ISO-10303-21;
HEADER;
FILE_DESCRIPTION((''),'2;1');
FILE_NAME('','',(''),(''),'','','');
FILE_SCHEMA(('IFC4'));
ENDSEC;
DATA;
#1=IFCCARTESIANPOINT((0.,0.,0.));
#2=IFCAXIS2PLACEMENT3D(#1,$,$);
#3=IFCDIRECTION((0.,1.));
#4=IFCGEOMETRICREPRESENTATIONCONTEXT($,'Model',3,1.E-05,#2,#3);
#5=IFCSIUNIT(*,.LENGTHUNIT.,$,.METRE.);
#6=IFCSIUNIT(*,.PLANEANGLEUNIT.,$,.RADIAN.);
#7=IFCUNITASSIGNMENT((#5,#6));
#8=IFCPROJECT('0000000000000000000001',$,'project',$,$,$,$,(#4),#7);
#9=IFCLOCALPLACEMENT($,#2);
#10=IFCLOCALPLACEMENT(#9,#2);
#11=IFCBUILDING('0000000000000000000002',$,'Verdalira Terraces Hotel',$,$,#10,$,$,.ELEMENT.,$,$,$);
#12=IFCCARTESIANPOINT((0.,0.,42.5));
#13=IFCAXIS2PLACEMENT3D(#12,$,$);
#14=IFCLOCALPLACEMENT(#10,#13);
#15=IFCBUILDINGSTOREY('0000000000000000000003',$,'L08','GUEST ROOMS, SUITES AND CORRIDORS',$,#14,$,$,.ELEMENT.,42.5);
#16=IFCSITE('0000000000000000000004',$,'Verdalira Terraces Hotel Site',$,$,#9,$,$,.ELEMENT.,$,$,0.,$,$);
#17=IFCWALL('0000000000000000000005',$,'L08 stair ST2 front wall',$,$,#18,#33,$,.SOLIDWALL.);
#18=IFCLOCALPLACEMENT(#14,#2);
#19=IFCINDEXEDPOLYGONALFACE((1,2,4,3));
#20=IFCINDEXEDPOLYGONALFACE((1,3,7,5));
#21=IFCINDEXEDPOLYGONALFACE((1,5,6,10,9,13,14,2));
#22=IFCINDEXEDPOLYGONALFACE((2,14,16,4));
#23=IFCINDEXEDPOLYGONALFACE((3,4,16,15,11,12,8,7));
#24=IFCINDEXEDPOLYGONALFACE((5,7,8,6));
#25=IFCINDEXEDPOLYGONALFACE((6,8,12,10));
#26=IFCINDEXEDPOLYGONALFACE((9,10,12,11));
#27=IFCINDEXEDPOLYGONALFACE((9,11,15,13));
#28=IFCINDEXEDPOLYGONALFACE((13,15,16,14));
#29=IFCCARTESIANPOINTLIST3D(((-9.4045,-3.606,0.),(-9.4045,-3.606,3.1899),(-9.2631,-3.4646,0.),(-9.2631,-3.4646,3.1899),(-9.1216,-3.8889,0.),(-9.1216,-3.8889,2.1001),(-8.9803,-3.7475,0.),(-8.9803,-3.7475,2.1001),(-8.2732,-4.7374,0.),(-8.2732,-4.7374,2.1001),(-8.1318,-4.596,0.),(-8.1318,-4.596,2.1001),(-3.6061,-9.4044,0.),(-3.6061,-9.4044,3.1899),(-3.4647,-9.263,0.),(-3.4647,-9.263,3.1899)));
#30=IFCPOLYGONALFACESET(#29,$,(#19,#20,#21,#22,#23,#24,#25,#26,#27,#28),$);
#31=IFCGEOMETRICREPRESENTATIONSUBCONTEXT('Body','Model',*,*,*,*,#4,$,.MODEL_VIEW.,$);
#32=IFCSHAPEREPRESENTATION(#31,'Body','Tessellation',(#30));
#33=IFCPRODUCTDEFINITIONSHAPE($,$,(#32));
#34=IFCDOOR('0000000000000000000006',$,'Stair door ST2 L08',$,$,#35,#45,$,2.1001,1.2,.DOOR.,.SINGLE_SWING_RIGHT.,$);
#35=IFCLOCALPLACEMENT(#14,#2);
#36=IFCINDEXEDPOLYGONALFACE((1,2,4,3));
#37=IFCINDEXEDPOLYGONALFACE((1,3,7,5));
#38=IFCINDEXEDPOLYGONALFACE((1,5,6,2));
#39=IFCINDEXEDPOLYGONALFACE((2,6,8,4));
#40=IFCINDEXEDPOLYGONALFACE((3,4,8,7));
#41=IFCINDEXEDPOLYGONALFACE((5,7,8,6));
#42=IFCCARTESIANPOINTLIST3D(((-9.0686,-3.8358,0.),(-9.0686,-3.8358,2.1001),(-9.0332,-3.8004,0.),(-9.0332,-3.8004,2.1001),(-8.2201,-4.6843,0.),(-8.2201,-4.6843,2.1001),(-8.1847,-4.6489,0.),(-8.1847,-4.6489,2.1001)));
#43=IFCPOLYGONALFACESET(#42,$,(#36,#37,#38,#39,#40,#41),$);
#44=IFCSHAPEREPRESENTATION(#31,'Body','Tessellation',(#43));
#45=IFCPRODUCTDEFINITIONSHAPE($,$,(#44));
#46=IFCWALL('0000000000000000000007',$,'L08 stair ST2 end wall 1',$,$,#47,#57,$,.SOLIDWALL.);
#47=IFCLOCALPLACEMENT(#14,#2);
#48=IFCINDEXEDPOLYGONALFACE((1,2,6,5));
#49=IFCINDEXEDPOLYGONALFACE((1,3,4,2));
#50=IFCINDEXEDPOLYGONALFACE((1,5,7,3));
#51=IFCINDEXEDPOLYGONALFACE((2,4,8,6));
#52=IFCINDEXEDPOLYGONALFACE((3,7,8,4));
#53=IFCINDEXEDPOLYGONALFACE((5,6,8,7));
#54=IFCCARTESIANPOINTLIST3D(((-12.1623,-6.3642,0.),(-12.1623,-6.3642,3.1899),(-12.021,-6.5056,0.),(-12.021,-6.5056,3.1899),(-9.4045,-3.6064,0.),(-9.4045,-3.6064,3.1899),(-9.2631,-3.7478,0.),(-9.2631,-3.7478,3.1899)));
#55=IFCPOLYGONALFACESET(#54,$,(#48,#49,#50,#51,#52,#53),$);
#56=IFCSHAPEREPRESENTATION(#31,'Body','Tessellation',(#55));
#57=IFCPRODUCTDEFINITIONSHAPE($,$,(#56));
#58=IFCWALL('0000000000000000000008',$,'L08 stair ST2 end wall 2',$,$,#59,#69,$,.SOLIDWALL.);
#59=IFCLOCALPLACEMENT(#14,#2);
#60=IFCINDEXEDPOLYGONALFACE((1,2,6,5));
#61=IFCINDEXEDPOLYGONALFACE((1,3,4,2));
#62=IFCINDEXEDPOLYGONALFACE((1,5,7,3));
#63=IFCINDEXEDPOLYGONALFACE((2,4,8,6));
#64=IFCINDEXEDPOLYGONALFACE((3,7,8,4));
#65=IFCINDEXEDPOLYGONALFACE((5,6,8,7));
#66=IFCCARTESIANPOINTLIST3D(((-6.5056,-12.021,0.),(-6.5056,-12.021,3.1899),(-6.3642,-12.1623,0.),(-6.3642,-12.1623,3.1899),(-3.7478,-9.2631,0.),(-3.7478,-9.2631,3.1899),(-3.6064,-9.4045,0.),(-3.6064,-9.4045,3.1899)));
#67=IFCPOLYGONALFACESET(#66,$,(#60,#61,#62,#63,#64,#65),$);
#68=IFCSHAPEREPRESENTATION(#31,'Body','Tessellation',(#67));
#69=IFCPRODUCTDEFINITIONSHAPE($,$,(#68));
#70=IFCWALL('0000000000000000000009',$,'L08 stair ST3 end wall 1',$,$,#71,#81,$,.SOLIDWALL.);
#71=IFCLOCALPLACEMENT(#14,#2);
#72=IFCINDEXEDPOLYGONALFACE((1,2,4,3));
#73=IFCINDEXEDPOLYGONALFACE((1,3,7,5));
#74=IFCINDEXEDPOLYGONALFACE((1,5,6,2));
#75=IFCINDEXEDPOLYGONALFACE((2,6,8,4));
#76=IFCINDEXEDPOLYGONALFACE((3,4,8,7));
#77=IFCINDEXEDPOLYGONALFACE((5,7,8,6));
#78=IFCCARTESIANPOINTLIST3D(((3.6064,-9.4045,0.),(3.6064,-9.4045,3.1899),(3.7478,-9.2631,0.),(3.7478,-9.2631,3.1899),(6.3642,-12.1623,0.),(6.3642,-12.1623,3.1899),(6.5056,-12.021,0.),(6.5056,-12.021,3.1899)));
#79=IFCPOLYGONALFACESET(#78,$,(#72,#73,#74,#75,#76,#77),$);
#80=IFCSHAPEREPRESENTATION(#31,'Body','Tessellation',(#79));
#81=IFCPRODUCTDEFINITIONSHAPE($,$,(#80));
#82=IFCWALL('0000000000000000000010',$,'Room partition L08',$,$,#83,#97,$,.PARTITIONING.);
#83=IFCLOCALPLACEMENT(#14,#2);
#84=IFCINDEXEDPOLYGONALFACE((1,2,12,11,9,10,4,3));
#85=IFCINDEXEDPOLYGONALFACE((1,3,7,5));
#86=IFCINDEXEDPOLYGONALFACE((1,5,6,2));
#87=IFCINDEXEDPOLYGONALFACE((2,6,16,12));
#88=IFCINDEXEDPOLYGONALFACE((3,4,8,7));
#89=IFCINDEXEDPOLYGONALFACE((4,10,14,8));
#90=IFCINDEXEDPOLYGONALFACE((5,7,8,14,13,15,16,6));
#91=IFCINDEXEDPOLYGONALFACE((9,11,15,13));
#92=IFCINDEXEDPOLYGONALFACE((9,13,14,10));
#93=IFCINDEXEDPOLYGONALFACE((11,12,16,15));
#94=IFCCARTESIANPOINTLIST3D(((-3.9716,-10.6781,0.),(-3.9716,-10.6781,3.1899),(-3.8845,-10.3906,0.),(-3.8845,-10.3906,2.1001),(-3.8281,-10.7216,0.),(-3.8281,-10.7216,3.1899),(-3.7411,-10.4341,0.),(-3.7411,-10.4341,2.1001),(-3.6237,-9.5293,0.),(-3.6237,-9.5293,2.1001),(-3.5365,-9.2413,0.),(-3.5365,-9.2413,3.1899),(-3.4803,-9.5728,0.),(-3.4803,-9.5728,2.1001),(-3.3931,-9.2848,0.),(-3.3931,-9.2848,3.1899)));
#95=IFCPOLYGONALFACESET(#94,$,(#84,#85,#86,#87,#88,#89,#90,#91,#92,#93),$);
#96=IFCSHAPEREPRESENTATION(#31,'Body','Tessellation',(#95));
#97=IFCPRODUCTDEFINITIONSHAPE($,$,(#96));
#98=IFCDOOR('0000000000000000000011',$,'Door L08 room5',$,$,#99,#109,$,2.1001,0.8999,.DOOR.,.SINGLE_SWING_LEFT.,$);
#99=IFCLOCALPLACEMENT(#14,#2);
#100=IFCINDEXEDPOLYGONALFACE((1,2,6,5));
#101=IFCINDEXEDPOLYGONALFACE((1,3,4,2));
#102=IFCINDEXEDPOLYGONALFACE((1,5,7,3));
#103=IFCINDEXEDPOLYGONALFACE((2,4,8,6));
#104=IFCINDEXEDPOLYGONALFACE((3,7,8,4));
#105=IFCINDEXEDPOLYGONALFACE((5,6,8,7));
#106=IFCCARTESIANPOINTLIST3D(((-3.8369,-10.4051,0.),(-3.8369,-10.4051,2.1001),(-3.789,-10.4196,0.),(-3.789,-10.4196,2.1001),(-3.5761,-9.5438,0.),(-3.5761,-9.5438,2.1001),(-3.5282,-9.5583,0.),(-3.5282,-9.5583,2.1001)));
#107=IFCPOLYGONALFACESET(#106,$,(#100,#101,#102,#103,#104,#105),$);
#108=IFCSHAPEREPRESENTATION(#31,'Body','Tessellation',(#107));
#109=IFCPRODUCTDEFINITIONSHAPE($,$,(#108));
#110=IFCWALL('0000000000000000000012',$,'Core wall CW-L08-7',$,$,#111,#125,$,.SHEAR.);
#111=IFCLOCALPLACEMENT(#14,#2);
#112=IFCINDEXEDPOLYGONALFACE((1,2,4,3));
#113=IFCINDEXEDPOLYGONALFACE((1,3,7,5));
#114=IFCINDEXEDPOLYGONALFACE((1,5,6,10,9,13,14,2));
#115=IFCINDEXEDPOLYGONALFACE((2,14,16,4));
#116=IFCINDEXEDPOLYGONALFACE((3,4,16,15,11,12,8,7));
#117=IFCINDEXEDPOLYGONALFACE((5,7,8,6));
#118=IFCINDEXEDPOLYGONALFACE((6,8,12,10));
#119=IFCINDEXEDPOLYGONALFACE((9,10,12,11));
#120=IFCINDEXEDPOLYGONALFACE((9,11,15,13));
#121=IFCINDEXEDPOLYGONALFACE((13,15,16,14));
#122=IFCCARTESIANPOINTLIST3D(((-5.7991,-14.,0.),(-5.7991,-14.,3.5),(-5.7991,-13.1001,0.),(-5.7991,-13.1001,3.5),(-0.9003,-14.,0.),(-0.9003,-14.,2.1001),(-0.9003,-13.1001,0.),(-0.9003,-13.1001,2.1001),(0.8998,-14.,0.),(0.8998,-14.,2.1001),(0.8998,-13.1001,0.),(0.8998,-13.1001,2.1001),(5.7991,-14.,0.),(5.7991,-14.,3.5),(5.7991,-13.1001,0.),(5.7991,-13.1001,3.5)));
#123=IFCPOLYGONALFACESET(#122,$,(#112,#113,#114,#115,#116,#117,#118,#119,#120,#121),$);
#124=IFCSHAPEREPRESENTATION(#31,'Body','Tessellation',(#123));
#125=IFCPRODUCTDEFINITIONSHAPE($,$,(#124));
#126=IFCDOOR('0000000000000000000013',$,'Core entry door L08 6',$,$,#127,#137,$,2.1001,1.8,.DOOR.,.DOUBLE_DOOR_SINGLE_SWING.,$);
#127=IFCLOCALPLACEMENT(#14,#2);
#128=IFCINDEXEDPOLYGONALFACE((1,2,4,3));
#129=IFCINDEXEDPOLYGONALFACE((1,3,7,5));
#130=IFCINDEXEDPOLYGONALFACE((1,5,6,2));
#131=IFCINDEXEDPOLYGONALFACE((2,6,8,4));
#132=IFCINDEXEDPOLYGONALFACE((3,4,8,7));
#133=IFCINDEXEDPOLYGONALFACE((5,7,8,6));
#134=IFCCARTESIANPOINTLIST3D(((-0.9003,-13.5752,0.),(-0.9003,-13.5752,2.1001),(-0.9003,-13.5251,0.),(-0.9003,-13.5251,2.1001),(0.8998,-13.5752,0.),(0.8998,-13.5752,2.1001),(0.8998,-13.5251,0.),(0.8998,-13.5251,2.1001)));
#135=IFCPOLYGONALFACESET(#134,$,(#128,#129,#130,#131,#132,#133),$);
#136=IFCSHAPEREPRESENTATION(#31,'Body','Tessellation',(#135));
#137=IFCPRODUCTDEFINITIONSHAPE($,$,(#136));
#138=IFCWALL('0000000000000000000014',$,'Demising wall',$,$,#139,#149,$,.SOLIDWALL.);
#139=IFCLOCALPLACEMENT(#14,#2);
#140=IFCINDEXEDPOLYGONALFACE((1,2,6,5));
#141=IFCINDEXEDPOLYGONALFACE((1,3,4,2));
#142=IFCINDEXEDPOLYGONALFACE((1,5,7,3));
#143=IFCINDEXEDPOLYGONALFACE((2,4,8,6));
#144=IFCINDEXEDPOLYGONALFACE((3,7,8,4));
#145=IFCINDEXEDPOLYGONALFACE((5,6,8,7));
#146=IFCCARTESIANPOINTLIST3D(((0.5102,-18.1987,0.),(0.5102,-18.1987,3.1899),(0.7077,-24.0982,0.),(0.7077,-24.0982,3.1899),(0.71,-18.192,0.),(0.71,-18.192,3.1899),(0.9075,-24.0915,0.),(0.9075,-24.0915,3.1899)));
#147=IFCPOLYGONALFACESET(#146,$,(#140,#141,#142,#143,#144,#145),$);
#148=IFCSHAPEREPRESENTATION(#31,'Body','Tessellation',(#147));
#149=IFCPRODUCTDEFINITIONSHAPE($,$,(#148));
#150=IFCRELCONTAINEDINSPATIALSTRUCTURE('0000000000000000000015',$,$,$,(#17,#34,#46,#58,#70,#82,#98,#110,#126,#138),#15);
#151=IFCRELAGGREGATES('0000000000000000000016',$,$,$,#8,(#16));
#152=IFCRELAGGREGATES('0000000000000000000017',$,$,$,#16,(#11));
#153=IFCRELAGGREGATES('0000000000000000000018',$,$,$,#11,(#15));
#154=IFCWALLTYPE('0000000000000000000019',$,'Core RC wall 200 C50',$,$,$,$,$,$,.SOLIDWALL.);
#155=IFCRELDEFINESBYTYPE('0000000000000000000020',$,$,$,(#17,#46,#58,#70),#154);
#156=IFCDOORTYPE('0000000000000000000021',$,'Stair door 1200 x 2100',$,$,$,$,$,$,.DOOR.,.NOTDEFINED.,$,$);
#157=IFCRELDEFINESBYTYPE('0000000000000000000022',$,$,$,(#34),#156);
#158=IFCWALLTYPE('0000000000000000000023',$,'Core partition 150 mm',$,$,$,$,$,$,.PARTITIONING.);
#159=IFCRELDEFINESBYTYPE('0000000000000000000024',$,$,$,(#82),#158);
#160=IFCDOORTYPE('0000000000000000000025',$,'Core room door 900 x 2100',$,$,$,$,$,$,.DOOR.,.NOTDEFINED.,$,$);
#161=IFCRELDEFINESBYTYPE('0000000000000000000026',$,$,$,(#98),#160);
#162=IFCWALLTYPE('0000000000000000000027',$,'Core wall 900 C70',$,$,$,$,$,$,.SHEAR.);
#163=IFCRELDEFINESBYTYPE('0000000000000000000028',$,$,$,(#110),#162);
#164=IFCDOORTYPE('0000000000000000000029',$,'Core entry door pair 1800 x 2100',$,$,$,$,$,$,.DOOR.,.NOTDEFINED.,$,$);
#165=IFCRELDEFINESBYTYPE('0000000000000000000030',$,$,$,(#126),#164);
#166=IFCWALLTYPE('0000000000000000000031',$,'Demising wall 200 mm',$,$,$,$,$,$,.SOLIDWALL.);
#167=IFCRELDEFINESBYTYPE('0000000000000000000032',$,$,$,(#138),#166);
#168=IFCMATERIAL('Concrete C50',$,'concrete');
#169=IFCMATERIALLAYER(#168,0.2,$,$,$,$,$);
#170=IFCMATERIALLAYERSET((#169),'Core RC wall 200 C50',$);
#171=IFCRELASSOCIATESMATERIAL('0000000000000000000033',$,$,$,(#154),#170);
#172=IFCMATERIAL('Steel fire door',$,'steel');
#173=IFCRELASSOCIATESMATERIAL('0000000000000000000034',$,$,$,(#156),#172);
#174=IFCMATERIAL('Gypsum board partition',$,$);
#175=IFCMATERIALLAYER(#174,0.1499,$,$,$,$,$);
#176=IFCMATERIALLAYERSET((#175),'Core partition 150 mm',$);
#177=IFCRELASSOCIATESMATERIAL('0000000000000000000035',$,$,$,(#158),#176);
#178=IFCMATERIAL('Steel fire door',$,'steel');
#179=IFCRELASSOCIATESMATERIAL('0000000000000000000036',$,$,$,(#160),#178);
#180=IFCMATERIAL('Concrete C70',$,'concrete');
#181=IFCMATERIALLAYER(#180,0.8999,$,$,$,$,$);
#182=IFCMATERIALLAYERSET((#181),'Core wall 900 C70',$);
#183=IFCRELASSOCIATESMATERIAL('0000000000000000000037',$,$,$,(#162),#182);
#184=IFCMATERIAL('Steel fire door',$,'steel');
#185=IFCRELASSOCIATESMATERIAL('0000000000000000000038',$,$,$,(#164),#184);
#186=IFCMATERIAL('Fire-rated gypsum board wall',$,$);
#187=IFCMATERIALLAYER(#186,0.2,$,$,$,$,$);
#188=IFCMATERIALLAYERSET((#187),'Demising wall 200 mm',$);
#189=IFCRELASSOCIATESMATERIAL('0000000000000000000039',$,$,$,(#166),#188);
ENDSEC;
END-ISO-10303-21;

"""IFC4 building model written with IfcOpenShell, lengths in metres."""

from ifc_helpers import new_model, si_unit, direction, frame, frame_2d, origin, place, context, subcontext, project, spatial, rectangle, extrude, material, layer, layer_set, type_object, element, fill, save


model = new_model("IFC4")

# Units and contexts
model_context = context("Model", 3, precision=1e-05, world=origin(), true_north=direction((0.0, 1.0)))
body_context = subcontext(model_context, "Body", "Model", "MODEL_VIEW")
ifc_project = project(units=[si_unit("LENGTHUNIT", "METRE"), si_unit("PLANEANGLEUNIT", "RADIAN")], contexts=[model_context])

# Site, building, storey
site_placement = place(None, origin())
site = spatial("IfcSite", under=ifc_project, at=site_placement, Name="Verdalira Terraces Hotel Site", CompositionType="ELEMENT", RefElevation=0.0)
building_placement = place(site_placement, origin())
building = spatial("IfcBuilding", under=site, at=building_placement, Name="Verdalira Terraces Hotel", CompositionType="ELEMENT")
storey_placement = place(building_placement, frame((0.0, 0.0, 42.5)))
storey = spatial("IfcBuildingStorey", under=building, at=storey_placement, Name="L08", Description="GUEST ROOMS, SUITES AND CORRIDORS", CompositionType="ELEMENT", Elevation=42.5)

# Wall, opening, door
ifc_material_1 = material(Name="Concrete C50", Category="concrete")
ifc_layer_1 = layer(ifc_material_1, 0.2)
ifc_layer_set_1 = layer_set([ifc_layer_1], Name="Core RC wall 200 C50")
wall_type_1 = type_object("IfcWallType", Name="Core RC wall 200 C50", PredefinedType="SOLIDWALL", material=ifc_layer_set_1)
wall_1_placement = place(storey_placement, frame((-3.5354, -9.3337, 0.0), z_axis=(0.0, 0.0, 1.0), x_axis=(-0.707107, 0.707107, 0.0)))
wall_1 = element("IfcWall", 1, at=wall_1_placement, inside=storey, type_object=wall_type_1, Name="L08 stair ST2 front wall", PredefinedType="SOLIDWALL", context=body_context, shape_type="SweptSolid", body=[
    extrude(rectangle(XDim=8.2002, YDim=0.2, at=frame_2d((4.1001, 0.0))), origin(), (0.0, 0.0, 1.0), 3.1899),
])
opening_1_placement = place(wall_1_placement, frame((6.6001, 0.0, 0.0)))
opening_1 = element("IfcOpeningElement", 2, at=opening_1_placement, cuts=wall_1, PredefinedType="OPENING", context=body_context, shape_type="SweptSolid", body=[
    extrude(rectangle(XDim=1.2, YDim=2.1001, at=frame_2d((0.6001, 1.05))), frame((0.0, 0.1099, 0.0), z_axis=(0.0, -1.0, 0.0), x_axis=(1.0, 0.0, 0.0)), (0.0, 0.0, 1.0), 0.22),
])
ifc_material_2 = material(Name="Steel fire door", Category="steel")
door_type_1 = type_object("IfcDoorType", Name="Stair door 1200 x 2100", OperationType="NOTDEFINED", PredefinedType="DOOR", material=ifc_material_2)
door_1_placement = place(opening_1_placement, origin())
door_1 = element("IfcDoor", 3, at=door_1_placement, inside=storey, type_object=door_type_1, Name="Stair door ST2 L08", OperationType="SINGLE_SWING_RIGHT", OverallHeight=2.1001, OverallWidth=1.2, PredefinedType="DOOR", context=body_context, shape_type="SweptSolid", body=[
    extrude(rectangle(XDim=1.2, YDim=2.1001, at=frame_2d((0.6001, 1.05))), frame((0.0, 0.0249, 0.0), z_axis=(0.0, -1.0, 0.0), x_axis=(1.0, 0.0, 0.0)), (0.0, 0.0, 1.0), 0.05),
])
fill(opening_1, door_1)

# Walls
for number, where, z_axis, x_axis, name in (
    (4, (-9.3337, -3.677, 0.0), (0.0, 0.0, 1.0), (-0.707107, -0.707107, 0.0), "L08 stair ST2 end wall 1"),
    (5, (-3.677, -9.3337, 0.0), (0.0, 0.0, 1.0), (-0.707107, -0.707107, 0.0), "L08 stair ST2 end wall 2"),
    (6, (3.677, -9.3337, 0.0), (0.0, 0.0, 1.0), (0.707107, -0.707107, 0.0), "L08 stair ST3 end wall 1"),
):
    element("IfcWall", number, at=place(storey_placement, frame(where, z_axis=z_axis, x_axis=x_axis)), inside=storey, type_object=wall_type_1, Name=name, PredefinedType="SOLIDWALL", context=body_context, shape_type="SweptSolid", body=[
        extrude(rectangle(XDim=3.9001, YDim=0.2, at=frame_2d((1.9502, 0.0))), origin(), (0.0, 0.0, 1.0), 3.1899),
    ])

# Walls, openings, doors
ifc_material_3 = material(Name="Gypsum board partition")
ifc_layer_2 = layer(ifc_material_3, 0.1499)
ifc_layer_set_2 = layer_set([ifc_layer_2], Name="Core partition 150 mm")
wall_type_2 = type_object("IfcWallType", Name="Core partition 150 mm", PredefinedType="PARTITIONING", material=ifc_layer_set_2)
wall_2_placement = place(storey_placement, frame((-3.4648, -9.2632, 0.0), z_axis=(0.0, 0.0, 1.0), x_axis=(-0.289809, -0.957085, 0.0)))
wall_2 = element("IfcWall", 7, at=wall_2_placement, inside=storey, type_object=wall_type_2, Name="Room partition L08", PredefinedType="PARTITIONING", context=body_context, shape_type="SweptSolid", body=[
    extrude(rectangle(XDim=1.5012, YDim=0.1499, at=frame_2d((0.7505, 0.0))), origin(), (0.0, 0.0, 1.0), 3.1899),
])
opening_2_placement = place(wall_2_placement, frame((0.3008, 0.0, 0.0)))
opening_2 = element("IfcOpeningElement", 8, at=opening_2_placement, cuts=wall_2, PredefinedType="OPENING", context=body_context, shape_type="SweptSolid", body=[
    extrude(rectangle(XDim=0.8999, YDim=2.1001, at=frame_2d((0.45, 1.05))), frame((0.0, 0.085, 0.0), z_axis=(0.0, -1.0, 0.0), x_axis=(1.0, 0.0, 0.0)), (0.0, 0.0, 1.0), 0.1699),
])
ifc_material_4 = material(Name="Steel fire door", Category="steel")
door_type_2 = type_object("IfcDoorType", Name="Core room door 900 x 2100", OperationType="NOTDEFINED", PredefinedType="DOOR", material=ifc_material_4)
door_2_placement = place(opening_2_placement, origin())
door_2 = element("IfcDoor", 9, at=door_2_placement, inside=storey, type_object=door_type_2, Name="Door L08 room5", OperationType="SINGLE_SWING_LEFT", OverallHeight=2.1001, OverallWidth=0.8999, PredefinedType="DOOR", context=body_context, shape_type="SweptSolid", body=[
    extrude(rectangle(XDim=0.8999, YDim=2.1001, at=frame_2d((0.45, 1.05))), frame((0.0, 0.0249, 0.0), z_axis=(0.0, -1.0, 0.0), x_axis=(1.0, 0.0, 0.0)), (0.0, 0.0, 1.0), 0.05),
])
fill(opening_2, door_2)
ifc_material_5 = material(Name="Concrete C70", Category="concrete")
ifc_layer_3 = layer(ifc_material_5, 0.8999)
ifc_layer_set_3 = layer_set([ifc_layer_3], Name="Core wall 900 C70")
wall_type_3 = type_object("IfcWallType", Name="Core wall 900 C70", PredefinedType="SHEAR", material=ifc_layer_set_3)
wall_3_placement = place(storey_placement, frame((-5.7991, -13.55, 0.0), z_axis=(0.0, 0.0, 1.0), x_axis=(1.0, 0.0, 0.0)))
wall_3 = element("IfcWall", 10, at=wall_3_placement, inside=storey, type_object=wall_type_3, Name="Core wall CW-L08-7", PredefinedType="SHEAR", context=body_context, shape_type="SweptSolid", body=[
    extrude(rectangle(XDim=11.5981, YDim=0.8999, at=frame_2d((5.7991, 0.0))), origin(), (0.0, 0.0, 1.0), 3.5),
])
opening_3_placement = place(wall_3_placement, frame((4.8989, 0.0, 0.0)))
opening_3 = element("IfcOpeningElement", 11, at=opening_3_placement, cuts=wall_3, PredefinedType="OPENING", context=body_context, shape_type="SweptSolid", body=[
    extrude(rectangle(XDim=1.8, YDim=2.1001, at=frame_2d((0.8999, 1.05))), frame((0.0, 0.46, 0.0), z_axis=(0.0, -1.0, 0.0), x_axis=(1.0, 0.0, 0.0)), (0.0, 0.0, 1.0), 0.9199),
])
ifc_material_6 = material(Name="Steel fire door", Category="steel")
door_type_3 = type_object("IfcDoorType", Name="Core entry door pair 1800 x 2100", OperationType="NOTDEFINED", PredefinedType="DOOR", material=ifc_material_6)
door_3_placement = place(opening_3_placement, origin())
door_3 = element("IfcDoor", 12, at=door_3_placement, inside=storey, type_object=door_type_3, Name="Core entry door L08 6", OperationType="DOUBLE_DOOR_SINGLE_SWING", OverallHeight=2.1001, OverallWidth=1.8, PredefinedType="DOOR", context=body_context, shape_type="SweptSolid", body=[
    extrude(rectangle(XDim=1.8, YDim=2.1001, at=frame_2d((0.8999, 1.05))), frame((0.0, 0.0249, 0.0), z_axis=(0.0, -1.0, 0.0), x_axis=(1.0, 0.0, 0.0)), (0.0, 0.0, 1.0), 0.05),
])
fill(opening_3, door_3)

# Wall
ifc_material_7 = material(Name="Fire-rated gypsum board wall")
ifc_layer_4 = layer(ifc_material_7, 0.2)
ifc_layer_set_4 = layer_set([ifc_layer_4], Name="Demising wall 200 mm")
wall_type_4 = type_object("IfcWallType", Name="Demising wall 200 mm", PredefinedType="SOLIDWALL", material=ifc_layer_set_4)
wall_4_placement = place(storey_placement, frame((0.6101, -18.1953, 0.0), z_axis=(0.0, 0.0, 1.0), x_axis=(0.033461, -0.99944, 0.0)))
element("IfcWall", 13, at=wall_4_placement, inside=storey, type_object=wall_type_4, Name="Demising wall", PredefinedType="SOLIDWALL", context=body_context, shape_type="SweptSolid", body=[
    extrude(rectangle(XDim=5.9028, YDim=0.2, at=frame_2d((2.9514, 0.0))), origin(), (0.0, 0.0, 1.0), 3.1899),
])

save(model, "model.ifc")
